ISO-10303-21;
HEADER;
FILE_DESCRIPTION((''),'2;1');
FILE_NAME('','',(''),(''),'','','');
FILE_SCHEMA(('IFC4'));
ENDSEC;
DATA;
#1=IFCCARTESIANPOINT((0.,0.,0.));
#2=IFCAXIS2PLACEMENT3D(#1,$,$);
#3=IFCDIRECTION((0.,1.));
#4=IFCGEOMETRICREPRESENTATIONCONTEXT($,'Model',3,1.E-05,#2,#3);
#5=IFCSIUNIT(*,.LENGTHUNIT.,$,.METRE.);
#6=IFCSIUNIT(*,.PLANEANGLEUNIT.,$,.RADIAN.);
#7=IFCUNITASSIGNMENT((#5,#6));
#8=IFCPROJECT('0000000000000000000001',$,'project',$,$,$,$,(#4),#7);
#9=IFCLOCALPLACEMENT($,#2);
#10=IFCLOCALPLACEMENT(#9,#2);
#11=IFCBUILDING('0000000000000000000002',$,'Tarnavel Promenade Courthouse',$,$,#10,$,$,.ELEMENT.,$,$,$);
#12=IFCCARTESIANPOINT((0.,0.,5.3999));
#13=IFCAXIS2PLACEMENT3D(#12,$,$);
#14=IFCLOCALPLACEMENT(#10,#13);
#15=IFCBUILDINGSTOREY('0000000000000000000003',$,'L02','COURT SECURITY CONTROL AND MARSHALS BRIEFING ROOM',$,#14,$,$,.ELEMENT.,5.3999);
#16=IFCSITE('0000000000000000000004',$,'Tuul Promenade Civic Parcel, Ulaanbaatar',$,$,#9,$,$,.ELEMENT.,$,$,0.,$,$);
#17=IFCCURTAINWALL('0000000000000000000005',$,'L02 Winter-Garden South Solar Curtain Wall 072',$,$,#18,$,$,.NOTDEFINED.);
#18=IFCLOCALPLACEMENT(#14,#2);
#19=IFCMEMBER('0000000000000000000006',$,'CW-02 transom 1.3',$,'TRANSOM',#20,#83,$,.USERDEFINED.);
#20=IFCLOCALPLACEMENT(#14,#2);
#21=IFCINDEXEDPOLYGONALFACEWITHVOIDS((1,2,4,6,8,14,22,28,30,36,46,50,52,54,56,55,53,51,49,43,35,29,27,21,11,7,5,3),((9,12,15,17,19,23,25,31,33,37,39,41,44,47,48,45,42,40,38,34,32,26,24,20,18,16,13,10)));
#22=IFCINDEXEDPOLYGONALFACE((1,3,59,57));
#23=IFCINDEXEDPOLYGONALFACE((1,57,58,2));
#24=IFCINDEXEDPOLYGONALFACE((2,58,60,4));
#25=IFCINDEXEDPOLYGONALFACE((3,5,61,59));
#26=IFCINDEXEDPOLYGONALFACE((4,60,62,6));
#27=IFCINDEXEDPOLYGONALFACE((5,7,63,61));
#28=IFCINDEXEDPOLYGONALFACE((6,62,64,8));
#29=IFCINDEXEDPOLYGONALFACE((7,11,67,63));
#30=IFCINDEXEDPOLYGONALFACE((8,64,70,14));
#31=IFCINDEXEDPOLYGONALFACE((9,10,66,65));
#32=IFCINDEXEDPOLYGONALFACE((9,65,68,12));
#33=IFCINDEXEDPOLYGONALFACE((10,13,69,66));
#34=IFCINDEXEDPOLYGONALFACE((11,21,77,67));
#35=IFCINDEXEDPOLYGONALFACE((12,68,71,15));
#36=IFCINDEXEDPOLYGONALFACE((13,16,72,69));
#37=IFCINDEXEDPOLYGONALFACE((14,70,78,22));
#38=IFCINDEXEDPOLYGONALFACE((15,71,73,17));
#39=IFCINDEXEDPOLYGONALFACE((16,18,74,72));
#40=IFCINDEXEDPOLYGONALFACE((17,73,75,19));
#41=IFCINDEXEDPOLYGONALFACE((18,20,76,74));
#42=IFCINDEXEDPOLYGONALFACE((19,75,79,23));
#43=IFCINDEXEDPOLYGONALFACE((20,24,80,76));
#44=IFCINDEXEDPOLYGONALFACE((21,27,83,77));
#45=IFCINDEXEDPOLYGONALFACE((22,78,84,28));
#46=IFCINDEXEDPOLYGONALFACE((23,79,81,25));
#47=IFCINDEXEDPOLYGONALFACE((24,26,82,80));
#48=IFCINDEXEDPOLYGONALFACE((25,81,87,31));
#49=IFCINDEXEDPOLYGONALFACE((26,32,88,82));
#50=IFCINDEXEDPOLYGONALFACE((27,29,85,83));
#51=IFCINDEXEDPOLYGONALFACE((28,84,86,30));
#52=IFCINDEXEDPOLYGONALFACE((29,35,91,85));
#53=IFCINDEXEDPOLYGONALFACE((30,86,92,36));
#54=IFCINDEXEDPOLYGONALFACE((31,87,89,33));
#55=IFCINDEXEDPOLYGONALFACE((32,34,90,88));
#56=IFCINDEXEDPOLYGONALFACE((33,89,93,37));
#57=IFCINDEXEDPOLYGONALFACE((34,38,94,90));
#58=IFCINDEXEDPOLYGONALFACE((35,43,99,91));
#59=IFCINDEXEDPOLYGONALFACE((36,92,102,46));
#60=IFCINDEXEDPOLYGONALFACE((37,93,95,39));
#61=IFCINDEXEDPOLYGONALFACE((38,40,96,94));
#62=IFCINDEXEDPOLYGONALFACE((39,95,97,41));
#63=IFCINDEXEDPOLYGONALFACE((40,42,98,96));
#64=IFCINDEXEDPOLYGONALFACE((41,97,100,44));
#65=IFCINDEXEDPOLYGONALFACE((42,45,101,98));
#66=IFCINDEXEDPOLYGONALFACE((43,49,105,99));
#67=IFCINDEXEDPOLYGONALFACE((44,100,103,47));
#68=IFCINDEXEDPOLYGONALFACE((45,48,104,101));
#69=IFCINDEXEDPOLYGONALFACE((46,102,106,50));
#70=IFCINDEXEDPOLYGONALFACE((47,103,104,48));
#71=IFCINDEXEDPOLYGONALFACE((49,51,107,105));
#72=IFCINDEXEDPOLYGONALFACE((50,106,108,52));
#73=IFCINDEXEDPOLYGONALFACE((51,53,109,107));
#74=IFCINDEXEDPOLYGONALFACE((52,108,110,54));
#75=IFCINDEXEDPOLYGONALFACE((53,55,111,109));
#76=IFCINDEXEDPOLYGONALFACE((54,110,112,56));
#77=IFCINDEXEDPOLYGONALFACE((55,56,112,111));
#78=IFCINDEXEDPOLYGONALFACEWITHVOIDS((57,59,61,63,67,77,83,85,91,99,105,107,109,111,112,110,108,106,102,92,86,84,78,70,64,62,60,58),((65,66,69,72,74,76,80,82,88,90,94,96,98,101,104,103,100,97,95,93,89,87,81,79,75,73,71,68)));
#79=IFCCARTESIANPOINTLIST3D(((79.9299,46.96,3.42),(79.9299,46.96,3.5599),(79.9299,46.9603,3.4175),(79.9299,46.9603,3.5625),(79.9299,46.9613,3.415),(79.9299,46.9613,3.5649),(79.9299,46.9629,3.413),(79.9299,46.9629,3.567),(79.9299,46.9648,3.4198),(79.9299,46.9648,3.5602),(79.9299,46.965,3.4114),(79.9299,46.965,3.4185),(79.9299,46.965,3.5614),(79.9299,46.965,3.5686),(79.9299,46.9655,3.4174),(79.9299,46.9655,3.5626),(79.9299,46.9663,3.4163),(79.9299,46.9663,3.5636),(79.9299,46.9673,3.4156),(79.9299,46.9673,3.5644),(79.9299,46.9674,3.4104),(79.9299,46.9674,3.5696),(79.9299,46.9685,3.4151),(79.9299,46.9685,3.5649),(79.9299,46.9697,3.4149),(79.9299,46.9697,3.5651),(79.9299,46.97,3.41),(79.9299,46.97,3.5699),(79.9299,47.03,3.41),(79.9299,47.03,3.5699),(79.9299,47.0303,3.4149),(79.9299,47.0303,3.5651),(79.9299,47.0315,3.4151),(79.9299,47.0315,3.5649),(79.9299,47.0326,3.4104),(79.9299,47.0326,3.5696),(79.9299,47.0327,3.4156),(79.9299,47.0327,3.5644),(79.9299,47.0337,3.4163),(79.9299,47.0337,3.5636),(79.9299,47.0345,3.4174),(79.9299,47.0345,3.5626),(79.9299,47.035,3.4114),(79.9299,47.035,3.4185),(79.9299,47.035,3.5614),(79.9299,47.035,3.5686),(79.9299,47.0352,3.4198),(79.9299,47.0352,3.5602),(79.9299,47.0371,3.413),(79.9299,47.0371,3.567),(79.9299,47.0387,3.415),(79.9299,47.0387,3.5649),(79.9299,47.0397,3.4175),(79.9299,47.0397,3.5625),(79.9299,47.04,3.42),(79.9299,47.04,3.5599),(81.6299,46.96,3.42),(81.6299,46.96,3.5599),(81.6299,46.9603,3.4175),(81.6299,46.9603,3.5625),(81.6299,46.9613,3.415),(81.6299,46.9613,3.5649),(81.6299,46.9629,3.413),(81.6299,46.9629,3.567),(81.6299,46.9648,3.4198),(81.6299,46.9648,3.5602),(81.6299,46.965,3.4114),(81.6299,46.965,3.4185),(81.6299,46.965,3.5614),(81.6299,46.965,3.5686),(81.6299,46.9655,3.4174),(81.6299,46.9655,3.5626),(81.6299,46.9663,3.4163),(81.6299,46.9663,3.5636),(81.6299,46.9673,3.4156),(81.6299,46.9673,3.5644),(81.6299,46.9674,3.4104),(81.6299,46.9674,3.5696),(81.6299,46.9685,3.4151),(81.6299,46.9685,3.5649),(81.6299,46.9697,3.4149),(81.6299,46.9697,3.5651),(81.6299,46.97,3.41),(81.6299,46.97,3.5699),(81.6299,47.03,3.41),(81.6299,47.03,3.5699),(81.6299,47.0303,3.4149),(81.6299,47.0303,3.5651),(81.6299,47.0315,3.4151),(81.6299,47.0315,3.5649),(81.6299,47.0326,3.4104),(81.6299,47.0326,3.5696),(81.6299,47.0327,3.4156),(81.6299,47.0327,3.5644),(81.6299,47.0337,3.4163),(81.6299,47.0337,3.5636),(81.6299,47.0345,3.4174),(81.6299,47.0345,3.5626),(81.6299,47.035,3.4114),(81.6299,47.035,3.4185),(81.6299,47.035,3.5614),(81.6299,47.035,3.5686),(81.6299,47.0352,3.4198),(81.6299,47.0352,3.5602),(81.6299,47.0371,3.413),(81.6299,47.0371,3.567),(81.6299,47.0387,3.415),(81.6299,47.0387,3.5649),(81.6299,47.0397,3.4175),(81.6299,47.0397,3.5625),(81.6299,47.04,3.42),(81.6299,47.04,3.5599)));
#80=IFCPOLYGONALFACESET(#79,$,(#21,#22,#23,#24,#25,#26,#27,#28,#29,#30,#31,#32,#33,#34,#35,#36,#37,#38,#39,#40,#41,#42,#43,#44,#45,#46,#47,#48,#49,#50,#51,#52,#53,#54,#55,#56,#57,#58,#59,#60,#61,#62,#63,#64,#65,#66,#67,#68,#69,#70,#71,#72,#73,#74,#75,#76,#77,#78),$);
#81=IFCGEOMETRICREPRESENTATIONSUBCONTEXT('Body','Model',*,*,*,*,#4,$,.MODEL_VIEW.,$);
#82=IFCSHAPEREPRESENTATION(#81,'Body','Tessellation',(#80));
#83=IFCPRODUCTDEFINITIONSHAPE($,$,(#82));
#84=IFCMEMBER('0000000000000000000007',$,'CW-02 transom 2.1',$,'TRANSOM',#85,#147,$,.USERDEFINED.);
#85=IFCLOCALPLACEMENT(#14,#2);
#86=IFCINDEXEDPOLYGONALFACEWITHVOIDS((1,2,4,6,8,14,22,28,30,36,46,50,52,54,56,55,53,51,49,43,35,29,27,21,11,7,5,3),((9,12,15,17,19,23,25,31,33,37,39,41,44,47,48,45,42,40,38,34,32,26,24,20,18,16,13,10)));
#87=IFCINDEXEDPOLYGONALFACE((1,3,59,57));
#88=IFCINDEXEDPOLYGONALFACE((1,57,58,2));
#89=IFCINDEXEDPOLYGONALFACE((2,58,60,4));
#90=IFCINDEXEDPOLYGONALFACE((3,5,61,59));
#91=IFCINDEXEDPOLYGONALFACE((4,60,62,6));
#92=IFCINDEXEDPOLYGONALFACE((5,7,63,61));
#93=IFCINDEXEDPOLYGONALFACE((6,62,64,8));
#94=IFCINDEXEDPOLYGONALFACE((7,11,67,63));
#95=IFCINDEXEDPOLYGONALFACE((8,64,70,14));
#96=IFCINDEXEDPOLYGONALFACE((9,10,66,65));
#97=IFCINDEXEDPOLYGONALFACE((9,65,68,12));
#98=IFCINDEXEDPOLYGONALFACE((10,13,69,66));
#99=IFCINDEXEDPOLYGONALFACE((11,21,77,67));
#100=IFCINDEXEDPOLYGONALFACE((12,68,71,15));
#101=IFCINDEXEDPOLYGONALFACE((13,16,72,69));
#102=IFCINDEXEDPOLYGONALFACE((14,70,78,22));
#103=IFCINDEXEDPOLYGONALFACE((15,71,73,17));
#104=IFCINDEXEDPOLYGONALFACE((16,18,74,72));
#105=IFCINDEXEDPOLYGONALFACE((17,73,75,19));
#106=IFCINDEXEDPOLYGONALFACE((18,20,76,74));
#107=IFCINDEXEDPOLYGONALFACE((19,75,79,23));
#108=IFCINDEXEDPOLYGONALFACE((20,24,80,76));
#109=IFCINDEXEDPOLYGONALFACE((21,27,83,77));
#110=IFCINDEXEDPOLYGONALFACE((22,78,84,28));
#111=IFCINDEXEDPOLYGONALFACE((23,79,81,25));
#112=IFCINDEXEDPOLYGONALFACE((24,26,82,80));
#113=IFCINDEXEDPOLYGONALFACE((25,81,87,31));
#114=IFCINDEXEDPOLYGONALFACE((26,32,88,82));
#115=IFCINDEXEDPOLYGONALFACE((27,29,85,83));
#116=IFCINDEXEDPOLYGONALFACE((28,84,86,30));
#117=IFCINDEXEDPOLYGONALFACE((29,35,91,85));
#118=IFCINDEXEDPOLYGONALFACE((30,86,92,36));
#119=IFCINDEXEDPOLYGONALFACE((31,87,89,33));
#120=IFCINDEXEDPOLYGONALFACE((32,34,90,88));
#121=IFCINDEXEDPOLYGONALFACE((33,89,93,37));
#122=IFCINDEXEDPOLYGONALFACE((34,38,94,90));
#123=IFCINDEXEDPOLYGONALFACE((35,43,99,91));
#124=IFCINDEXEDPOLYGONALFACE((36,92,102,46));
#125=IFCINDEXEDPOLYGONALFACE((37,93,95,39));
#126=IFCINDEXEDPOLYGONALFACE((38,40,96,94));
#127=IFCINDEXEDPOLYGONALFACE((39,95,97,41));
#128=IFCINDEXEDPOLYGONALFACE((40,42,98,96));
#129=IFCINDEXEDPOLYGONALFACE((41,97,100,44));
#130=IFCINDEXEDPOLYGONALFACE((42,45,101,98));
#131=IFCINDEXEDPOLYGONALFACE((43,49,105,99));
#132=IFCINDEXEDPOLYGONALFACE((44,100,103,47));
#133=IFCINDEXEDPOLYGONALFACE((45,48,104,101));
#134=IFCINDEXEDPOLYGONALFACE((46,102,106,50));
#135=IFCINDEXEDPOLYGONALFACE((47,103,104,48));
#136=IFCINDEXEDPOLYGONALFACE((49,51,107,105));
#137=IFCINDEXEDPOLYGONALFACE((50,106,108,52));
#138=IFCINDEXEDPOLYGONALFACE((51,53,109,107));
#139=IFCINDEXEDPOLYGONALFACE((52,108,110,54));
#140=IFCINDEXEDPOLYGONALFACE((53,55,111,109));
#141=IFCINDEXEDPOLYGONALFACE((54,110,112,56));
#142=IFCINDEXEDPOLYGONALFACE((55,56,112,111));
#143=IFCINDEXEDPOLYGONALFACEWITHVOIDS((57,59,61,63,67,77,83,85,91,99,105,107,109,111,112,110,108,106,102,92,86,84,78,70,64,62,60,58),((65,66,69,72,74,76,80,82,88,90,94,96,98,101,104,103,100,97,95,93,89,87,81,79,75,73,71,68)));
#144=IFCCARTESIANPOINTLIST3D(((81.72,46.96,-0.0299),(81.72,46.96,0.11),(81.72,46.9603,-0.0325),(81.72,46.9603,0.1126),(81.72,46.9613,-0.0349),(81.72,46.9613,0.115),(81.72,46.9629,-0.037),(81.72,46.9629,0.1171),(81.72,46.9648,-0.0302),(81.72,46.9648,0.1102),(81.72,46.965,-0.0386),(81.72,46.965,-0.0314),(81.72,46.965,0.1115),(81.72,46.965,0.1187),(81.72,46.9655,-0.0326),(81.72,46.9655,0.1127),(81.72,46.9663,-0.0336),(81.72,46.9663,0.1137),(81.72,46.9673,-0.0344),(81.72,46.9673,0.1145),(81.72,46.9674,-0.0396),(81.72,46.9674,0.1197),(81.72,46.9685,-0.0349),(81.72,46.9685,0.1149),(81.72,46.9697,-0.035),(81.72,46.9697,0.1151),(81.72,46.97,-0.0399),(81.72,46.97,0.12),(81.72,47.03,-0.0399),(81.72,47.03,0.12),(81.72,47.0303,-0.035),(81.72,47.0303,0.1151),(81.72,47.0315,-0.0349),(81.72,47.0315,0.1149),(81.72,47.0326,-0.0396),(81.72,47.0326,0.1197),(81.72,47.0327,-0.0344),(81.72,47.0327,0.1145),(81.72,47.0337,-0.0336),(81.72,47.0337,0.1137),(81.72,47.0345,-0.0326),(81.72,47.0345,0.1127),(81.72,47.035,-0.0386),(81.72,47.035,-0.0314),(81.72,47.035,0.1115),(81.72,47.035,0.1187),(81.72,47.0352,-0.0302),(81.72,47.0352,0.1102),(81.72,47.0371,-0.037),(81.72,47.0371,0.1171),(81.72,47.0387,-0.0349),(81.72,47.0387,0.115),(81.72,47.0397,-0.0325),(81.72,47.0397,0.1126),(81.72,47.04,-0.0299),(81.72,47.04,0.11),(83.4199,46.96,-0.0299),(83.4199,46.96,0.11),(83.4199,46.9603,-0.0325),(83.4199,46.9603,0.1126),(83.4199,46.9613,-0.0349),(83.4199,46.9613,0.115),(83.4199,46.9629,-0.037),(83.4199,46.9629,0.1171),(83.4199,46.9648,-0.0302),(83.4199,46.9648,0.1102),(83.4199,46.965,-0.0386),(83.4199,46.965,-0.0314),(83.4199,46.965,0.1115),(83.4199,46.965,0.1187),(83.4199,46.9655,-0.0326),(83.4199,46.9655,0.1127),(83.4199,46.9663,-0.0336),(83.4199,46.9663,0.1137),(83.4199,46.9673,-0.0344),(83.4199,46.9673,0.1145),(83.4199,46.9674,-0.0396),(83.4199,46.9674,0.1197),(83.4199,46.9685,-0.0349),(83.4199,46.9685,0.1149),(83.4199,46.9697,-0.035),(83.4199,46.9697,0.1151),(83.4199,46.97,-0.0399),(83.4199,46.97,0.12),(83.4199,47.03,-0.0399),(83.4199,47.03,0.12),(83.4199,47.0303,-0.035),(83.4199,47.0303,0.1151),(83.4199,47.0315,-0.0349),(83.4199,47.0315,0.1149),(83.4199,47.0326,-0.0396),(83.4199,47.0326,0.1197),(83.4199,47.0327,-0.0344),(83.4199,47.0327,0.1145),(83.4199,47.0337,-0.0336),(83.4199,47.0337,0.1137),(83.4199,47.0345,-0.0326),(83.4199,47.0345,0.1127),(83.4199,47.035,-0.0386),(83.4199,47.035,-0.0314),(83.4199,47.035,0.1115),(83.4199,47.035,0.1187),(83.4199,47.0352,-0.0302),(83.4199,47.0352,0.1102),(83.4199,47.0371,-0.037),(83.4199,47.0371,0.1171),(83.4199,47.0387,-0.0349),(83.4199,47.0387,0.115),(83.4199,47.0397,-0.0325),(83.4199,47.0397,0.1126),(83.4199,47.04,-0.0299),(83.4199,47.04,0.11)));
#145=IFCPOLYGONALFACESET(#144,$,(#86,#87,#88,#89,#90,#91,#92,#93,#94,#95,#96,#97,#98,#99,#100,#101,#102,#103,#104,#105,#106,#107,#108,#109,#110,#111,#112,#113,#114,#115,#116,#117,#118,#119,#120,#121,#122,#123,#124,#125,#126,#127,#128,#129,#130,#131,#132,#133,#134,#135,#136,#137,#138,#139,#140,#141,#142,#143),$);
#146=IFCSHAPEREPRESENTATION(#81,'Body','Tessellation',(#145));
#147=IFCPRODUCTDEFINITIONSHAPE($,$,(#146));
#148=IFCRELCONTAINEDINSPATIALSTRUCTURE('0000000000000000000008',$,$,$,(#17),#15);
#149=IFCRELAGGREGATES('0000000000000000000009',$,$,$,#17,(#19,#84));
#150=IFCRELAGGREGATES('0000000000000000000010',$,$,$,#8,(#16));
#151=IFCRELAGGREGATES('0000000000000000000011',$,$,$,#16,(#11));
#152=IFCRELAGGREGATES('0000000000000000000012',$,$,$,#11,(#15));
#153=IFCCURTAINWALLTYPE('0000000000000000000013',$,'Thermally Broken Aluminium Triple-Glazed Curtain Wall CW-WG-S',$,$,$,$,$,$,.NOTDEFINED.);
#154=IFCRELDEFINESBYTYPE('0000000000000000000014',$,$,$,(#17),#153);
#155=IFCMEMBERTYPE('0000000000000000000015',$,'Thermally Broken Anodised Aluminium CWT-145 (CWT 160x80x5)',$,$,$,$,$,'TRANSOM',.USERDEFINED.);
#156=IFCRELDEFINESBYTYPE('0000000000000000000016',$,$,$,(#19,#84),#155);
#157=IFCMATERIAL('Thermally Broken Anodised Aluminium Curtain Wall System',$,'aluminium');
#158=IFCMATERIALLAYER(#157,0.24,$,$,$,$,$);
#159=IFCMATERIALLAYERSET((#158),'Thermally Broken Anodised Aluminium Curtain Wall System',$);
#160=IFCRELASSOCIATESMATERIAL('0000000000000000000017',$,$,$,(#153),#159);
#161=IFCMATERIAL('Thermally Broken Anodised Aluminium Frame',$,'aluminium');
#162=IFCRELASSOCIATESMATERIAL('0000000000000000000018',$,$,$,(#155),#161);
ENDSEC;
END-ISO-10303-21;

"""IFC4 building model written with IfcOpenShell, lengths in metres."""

from ifc_helpers import new_model, si_unit, direction, frame, origin, origin_2d, place, context, subcontext, project, spatial, hollow_rectangle, extrude, material, layer, layer_set, material_profile, profile_set, type_object, element, aggregate, save


model = new_model("IFC4")

# Units and contexts
model_context = context("Model", 3, precision=1e-05, world=origin(), true_north=direction((0.0, 1.0)))
body_context = subcontext(model_context, "Body", "Model", "MODEL_VIEW")
ifc_project = project(units=[si_unit("LENGTHUNIT", "METRE"), si_unit("PLANEANGLEUNIT", "RADIAN")], contexts=[model_context])

# Site, building, storey
site_placement = place(None, origin())
site = spatial("IfcSite", under=ifc_project, at=site_placement, Name="Tuul Promenade Civic Parcel, Ulaanbaatar", CompositionType="ELEMENT", RefElevation=0.0)
building_placement = place(site_placement, origin())
building = spatial("IfcBuilding", under=site, at=building_placement, Name="Tarnavel Promenade Courthouse", CompositionType="ELEMENT")
storey_placement = place(building_placement, frame((0.0, 0.0, 5.3999)))
storey = spatial("IfcBuildingStorey", under=building, at=storey_placement, Name="L02", Description="COURT SECURITY CONTROL AND MARSHALS BRIEFING ROOM", CompositionType="ELEMENT", Elevation=5.3999)

# Curtain wall
ifc_material_1 = material(Name="Thermally Broken Anodised Aluminium Curtain Wall System", Category="aluminium")
ifc_layer_1 = layer(ifc_material_1, 0.24)
ifc_layer_set_1 = layer_set([ifc_layer_1], Name="Thermally Broken Anodised Aluminium Curtain Wall System")
curtain_wall_type = type_object("IfcCurtainWallType", Name="Thermally Broken Aluminium Triple-Glazed Curtain Wall CW-WG-S", PredefinedType="NOTDEFINED", material=ifc_layer_set_1)
ifc_material_2 = material(Name="Thermally Broken Anodised Aluminium Frame", Category="aluminium")
curtain_wall_1_placement = place(storey_placement, origin())
curtain_wall_1 = element("IfcCurtainWall", 1, at=curtain_wall_1_placement, inside=storey, type_object=curtain_wall_type, Name="L02 Winter-Garden South Solar Curtain Wall 072", PredefinedType="NOTDEFINED")

# Members
ifc_material_profile_1 = material_profile(ifc_material_2, hollow_rectangle(XDim=0.0801, YDim=0.1599, WallThickness=0.0049, InnerFilletRadius=0.0049, OuterFilletRadius=0.01, at=origin_2d()), Name="CWT 160x80x5")
ifc_profile_set_1 = profile_set([ifc_material_profile_1], Name="Thermally Broken Anodised Aluminium Frame")
member_type_1 = type_object("IfcMemberType", Name="Thermally Broken Anodised Aluminium CWT-145 (CWT 160x80x5)", ElementType="TRANSOM", PredefinedType="USERDEFINED", material=ifc_profile_set_1)
member_1_placement = place(storey_placement, frame((79.9299, 47.0, 3.49), z_axis=(1.0, 0.0, 0.0), x_axis=(0.0, 1.0, 0.0)))
member_1 = element("IfcMember", 2, at=member_1_placement, type_object=member_type_1, Name="CW-02 transom 1.3", ObjectType="TRANSOM", PredefinedType="USERDEFINED", context=body_context, shape_type="SweptSolid", body=[
    extrude(hollow_rectangle(XDim=0.0801, YDim=0.1599, WallThickness=0.0049, InnerFilletRadius=0.0049, OuterFilletRadius=0.01, at=origin_2d()), origin(), (0.0, 0.0, 1.0), 1.7),
])
member_2_placement = place(storey_placement, frame((81.72, 47.0, 0.04), z_axis=(1.0, 0.0, 0.0), x_axis=(0.0, 1.0, 0.0)))
member_2 = element("IfcMember", 3, at=member_2_placement, type_object=member_type_1, Name="CW-02 transom 2.1", ObjectType="TRANSOM", PredefinedType="USERDEFINED", context=body_context, shape_type="SweptSolid", body=[
    extrude(hollow_rectangle(XDim=0.0801, YDim=0.1599, WallThickness=0.0049, InnerFilletRadius=0.0049, OuterFilletRadius=0.01, at=origin_2d()), origin(), (0.0, 0.0, 1.0), 1.7),
])

aggregate(curtain_wall_1, [member_1, member_2])

save(model, "model.ifc")
